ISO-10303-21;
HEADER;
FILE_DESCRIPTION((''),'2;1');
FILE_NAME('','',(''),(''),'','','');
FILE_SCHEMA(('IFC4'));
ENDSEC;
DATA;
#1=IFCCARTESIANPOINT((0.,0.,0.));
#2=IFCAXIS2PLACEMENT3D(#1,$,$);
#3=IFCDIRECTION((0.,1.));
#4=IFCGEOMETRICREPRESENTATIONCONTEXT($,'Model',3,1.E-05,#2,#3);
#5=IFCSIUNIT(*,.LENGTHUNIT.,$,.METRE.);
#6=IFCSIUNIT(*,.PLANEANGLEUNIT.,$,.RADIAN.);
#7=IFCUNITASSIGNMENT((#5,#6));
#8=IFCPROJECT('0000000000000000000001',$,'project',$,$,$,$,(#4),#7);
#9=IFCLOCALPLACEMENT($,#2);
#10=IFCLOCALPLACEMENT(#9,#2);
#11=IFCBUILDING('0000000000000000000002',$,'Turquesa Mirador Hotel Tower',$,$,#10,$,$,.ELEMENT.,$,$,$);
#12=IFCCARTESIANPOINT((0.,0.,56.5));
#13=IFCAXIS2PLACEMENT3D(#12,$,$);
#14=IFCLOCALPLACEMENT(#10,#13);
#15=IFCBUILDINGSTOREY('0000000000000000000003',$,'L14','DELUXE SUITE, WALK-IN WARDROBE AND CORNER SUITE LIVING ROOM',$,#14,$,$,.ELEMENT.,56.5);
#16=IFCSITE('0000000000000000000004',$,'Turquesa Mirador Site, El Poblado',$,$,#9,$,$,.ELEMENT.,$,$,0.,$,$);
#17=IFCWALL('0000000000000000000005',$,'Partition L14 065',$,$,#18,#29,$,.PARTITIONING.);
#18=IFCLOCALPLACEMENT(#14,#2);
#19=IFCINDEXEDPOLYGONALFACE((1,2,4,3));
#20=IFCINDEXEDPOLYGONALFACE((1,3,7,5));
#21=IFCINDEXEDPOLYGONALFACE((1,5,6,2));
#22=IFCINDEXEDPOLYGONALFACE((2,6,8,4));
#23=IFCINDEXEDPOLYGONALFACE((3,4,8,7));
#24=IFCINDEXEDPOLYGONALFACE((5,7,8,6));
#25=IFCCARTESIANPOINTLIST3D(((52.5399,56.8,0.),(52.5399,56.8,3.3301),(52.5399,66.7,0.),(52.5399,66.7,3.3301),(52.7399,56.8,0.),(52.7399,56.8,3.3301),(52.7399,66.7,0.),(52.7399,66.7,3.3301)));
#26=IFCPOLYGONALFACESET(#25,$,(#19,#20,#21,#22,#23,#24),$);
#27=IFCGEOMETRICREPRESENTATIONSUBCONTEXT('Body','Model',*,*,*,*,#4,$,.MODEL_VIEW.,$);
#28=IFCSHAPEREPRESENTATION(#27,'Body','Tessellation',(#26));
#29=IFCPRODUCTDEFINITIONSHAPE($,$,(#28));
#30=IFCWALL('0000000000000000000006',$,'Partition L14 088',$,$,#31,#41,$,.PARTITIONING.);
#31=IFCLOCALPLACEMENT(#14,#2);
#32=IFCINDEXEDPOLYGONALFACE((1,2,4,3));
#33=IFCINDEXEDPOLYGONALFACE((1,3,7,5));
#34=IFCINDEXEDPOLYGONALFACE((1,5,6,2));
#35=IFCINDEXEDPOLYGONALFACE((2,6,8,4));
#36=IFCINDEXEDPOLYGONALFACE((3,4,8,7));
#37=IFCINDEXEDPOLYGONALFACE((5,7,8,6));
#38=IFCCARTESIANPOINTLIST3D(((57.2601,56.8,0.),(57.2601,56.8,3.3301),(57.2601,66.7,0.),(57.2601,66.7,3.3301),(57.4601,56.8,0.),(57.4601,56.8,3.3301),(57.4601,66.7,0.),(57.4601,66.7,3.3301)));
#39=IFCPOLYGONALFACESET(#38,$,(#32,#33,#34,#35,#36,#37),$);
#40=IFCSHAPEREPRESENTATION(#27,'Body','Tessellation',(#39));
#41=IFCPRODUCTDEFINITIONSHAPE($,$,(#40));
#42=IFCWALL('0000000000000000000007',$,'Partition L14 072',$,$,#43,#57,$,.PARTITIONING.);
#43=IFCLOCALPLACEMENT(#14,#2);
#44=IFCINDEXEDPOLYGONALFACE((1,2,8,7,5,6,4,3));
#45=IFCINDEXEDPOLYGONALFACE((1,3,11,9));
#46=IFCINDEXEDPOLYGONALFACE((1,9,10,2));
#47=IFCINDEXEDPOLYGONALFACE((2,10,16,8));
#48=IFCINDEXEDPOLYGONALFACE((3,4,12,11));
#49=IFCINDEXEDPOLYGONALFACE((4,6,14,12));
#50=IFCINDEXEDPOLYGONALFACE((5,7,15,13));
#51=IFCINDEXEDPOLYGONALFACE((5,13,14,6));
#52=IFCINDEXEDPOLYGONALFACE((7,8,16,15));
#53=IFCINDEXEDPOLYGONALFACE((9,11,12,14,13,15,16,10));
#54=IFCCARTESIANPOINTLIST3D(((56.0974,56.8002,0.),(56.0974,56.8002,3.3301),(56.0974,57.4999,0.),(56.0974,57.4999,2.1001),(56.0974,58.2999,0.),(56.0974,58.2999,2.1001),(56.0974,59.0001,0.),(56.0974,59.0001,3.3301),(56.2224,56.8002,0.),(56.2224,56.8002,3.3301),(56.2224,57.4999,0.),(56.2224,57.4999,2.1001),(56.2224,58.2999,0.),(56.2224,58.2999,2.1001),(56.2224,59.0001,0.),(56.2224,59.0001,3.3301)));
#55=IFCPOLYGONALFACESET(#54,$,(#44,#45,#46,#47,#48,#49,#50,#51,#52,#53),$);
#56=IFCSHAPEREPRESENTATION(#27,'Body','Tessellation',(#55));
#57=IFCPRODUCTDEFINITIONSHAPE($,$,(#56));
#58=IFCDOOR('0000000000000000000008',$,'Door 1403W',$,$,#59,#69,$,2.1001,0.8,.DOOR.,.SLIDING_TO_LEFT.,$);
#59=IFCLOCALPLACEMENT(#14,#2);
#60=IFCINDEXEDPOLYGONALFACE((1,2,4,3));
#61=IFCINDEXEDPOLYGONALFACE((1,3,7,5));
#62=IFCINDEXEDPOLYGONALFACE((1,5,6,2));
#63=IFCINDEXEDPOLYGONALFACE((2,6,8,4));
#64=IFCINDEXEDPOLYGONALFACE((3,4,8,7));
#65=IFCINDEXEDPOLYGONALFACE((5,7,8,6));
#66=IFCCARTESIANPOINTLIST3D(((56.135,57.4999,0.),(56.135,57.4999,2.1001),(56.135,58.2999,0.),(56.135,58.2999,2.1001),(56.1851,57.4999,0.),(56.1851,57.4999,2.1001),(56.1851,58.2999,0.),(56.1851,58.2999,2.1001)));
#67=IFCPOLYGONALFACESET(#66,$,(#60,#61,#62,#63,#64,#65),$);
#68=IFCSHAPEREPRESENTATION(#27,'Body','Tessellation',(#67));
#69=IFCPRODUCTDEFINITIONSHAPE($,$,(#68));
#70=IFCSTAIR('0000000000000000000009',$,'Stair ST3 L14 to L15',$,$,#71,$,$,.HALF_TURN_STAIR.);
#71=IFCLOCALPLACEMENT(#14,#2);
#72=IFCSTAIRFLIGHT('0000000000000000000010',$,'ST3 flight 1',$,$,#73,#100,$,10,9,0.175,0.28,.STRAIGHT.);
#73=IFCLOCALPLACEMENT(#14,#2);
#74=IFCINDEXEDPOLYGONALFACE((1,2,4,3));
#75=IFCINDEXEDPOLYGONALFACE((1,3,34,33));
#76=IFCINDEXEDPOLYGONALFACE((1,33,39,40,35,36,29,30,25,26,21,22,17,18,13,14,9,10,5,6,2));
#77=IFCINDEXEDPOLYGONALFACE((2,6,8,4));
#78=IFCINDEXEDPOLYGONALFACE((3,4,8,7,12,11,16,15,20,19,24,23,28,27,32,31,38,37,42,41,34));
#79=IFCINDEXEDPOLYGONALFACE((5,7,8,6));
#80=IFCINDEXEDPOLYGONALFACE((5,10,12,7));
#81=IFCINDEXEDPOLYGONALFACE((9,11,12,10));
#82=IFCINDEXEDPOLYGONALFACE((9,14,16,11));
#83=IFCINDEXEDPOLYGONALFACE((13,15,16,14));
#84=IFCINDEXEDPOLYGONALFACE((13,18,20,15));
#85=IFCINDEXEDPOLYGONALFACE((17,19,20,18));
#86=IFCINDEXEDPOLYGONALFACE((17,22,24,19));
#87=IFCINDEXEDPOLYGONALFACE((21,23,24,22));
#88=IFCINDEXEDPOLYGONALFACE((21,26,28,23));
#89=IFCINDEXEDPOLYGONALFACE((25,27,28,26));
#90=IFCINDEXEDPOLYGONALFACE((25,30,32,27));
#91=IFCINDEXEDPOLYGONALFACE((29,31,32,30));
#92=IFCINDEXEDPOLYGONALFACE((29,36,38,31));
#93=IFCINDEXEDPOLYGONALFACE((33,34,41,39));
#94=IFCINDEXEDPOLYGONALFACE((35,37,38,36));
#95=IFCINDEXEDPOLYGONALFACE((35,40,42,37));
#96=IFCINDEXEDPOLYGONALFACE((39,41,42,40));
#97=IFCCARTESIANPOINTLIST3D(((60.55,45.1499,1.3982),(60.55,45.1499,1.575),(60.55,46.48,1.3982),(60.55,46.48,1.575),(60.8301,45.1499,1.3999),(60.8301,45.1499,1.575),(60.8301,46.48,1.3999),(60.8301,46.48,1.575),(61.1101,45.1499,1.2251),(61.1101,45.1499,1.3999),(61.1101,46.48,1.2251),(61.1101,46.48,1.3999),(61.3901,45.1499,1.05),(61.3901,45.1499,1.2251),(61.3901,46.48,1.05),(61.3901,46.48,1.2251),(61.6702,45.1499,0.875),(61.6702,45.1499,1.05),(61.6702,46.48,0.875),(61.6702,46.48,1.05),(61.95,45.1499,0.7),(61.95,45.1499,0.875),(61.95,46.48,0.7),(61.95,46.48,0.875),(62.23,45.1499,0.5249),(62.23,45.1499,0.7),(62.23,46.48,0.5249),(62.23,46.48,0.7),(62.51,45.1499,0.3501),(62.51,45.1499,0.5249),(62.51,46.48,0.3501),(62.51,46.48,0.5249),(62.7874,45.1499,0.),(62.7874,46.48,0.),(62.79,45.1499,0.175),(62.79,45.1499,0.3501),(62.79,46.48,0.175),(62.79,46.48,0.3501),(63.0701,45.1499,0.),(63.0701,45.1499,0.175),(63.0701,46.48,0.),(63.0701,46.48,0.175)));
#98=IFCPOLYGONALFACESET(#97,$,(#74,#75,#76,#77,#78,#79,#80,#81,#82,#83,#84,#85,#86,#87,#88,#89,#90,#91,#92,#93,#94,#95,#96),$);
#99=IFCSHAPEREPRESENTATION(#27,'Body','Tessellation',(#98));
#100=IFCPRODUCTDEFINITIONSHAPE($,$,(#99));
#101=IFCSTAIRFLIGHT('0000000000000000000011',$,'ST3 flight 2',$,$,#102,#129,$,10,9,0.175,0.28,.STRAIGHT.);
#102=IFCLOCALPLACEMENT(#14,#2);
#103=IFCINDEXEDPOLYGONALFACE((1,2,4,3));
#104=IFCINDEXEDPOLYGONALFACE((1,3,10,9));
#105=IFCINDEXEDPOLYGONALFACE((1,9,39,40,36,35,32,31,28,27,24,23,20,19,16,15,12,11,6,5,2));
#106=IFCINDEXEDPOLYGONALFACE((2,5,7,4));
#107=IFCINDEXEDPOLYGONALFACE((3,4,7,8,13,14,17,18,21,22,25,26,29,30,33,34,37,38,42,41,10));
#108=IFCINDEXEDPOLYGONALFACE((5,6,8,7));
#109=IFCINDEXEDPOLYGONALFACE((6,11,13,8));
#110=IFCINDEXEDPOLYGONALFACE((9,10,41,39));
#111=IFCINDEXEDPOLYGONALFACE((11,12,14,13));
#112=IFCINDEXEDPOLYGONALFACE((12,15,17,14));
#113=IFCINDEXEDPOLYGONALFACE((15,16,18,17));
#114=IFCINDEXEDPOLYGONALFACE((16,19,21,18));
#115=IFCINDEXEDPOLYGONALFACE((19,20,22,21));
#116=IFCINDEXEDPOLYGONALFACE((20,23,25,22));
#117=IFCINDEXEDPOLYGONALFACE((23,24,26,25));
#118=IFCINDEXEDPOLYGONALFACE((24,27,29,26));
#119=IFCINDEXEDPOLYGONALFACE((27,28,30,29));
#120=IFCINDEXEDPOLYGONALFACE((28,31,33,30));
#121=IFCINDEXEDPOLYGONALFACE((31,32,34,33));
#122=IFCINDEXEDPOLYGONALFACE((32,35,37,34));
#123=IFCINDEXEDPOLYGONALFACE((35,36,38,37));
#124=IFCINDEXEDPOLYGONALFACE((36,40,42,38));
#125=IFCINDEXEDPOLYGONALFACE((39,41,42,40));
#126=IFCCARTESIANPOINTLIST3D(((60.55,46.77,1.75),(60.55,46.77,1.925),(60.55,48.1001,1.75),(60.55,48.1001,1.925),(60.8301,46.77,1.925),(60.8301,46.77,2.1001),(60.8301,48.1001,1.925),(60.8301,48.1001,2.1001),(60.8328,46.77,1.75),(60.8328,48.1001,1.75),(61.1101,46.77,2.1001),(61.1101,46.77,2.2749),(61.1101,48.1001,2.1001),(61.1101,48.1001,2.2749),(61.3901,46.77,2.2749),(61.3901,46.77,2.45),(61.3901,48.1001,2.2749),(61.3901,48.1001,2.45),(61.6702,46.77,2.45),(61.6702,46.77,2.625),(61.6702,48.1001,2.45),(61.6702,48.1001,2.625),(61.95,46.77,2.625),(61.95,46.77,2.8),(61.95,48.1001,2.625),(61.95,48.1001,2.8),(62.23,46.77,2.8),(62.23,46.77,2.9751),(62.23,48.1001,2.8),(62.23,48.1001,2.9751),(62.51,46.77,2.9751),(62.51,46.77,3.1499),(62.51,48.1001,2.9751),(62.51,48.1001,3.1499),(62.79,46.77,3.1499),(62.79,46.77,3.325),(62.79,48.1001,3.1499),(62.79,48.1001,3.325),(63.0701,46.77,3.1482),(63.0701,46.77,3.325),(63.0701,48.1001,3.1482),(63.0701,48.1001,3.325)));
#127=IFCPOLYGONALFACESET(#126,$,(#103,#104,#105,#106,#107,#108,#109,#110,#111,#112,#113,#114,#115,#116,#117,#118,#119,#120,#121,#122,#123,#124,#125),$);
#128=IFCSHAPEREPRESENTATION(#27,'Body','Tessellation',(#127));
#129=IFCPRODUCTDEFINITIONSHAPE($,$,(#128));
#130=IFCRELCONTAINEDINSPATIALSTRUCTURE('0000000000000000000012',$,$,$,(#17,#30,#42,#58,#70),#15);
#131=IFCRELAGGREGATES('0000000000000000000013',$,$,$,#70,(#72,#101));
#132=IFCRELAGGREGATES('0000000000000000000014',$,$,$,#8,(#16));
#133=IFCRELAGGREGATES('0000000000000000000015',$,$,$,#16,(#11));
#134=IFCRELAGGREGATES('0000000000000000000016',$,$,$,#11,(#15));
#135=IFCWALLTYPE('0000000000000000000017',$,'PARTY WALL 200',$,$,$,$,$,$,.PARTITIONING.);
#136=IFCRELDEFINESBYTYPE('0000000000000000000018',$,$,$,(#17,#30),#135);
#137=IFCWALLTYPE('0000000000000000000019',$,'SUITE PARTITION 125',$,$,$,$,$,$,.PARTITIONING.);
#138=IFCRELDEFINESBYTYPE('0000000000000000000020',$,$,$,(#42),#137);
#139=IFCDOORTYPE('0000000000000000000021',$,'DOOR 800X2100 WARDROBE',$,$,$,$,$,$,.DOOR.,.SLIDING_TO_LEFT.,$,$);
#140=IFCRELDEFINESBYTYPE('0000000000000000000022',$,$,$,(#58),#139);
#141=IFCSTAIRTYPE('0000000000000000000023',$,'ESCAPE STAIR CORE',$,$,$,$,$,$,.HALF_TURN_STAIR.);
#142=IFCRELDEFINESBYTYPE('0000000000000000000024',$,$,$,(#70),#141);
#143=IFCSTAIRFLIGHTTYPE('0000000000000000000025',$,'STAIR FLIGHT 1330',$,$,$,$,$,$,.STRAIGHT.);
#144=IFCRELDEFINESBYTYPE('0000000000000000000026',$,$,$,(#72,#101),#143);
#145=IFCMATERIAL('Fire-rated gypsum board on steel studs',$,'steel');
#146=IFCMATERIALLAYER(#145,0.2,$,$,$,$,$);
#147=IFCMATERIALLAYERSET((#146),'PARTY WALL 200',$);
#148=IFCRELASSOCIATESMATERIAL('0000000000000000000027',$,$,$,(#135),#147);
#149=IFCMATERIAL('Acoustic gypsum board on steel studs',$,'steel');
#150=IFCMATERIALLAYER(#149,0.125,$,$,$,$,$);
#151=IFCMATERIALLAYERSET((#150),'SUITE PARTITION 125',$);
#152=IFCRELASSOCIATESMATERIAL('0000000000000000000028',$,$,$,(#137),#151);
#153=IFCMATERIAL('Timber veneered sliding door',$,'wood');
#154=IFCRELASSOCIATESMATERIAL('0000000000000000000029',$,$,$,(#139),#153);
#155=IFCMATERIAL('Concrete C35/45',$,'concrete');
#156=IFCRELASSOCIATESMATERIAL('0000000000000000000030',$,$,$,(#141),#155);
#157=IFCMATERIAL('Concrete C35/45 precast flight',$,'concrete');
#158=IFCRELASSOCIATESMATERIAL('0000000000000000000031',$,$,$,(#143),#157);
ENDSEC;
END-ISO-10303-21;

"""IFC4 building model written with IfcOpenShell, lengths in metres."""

from ifc_helpers import new_model, si_unit, direction, frame, frame_2d, origin, place, context, subcontext, project, spatial, polyline, rectangle, outline, extrude, material, layer, layer_set, type_object, element, fill, aggregate, save


model = new_model("IFC4")

# Units and contexts
model_context = context("Model", 3, precision=1e-05, world=origin(), true_north=direction((0.0, 1.0)))
body_context = subcontext(model_context, "Body", "Model", "MODEL_VIEW")
ifc_project = project(units=[si_unit("LENGTHUNIT", "METRE"), si_unit("PLANEANGLEUNIT", "RADIAN")], contexts=[model_context])

# Site, building, storey
site_placement = place(None, origin())
site = spatial("IfcSite", under=ifc_project, at=site_placement, Name="Turquesa Mirador Site, El Poblado", CompositionType="ELEMENT", RefElevation=0.0)
building_placement = place(site_placement, origin())
building = spatial("IfcBuilding", under=site, at=building_placement, Name="Turquesa Mirador Hotel Tower", CompositionType="ELEMENT")
storey_placement = place(building_placement, frame((0.0, 0.0, 56.5)))
storey = spatial("IfcBuildingStorey", under=building, at=storey_placement, Name="L14", Description="DELUXE SUITE, WALK-IN WARDROBE AND CORNER SUITE LIVING ROOM", CompositionType="ELEMENT", Elevation=56.5)

# Walls
ifc_material_1 = material(Name="Fire-rated gypsum board on steel studs", Category="steel")
ifc_layer_1 = layer(ifc_material_1, 0.2)
ifc_layer_set_1 = layer_set([ifc_layer_1], Name="PARTY WALL 200")
wall_type_1 = type_object("IfcWallType", Name="PARTY WALL 200", PredefinedType="PARTITIONING", material=ifc_layer_set_1)
for number, where, z_axis, x_axis, name in (
    (1, (52.6399, 56.8, 0.0), (0.0, 0.0, 1.0), (0.0, 1.0, 0.0), "Partition L14 065"),
    (2, (57.3601, 56.8, 0.0), (0.0, 0.0, 1.0), (0.0, 1.0, 0.0), "Partition L14 088"),
):
    element("IfcWall", number, at=place(storey_placement, frame(where, z_axis=z_axis, x_axis=x_axis)), inside=storey, type_object=wall_type_1, Name=name, PredefinedType="PARTITIONING", context=body_context, shape_type="SweptSolid", body=[
        extrude(rectangle(XDim=9.8999, YDim=0.2, at=frame_2d((4.95, 0.0))), origin(), (0.0, 0.0, 1.0), 3.3301),
    ])

# Wall, opening, door
ifc_material_2 = material(Name="Acoustic gypsum board on steel studs", Category="steel")
ifc_layer_2 = layer(ifc_material_2, 0.125)
ifc_layer_set_2 = layer_set([ifc_layer_2], Name="SUITE PARTITION 125")
wall_type_2 = type_object("IfcWallType", Name="SUITE PARTITION 125", PredefinedType="PARTITIONING", material=ifc_layer_set_2)
wall_1_placement = place(storey_placement, frame((56.1599, 56.8, 0.0), z_axis=(0.0, 0.0, 1.0), x_axis=(0.0, 1.0, 0.0)))
wall_1 = element("IfcWall", 3, at=wall_1_placement, inside=storey, type_object=wall_type_2, Name="Partition L14 072", PredefinedType="PARTITIONING", context=body_context, shape_type="SweptSolid", body=[
    extrude(rectangle(XDim=2.2, YDim=0.125, at=frame_2d((1.1001, 0.0))), origin(), (0.0, 0.0, 1.0), 3.3301),
])
opening_1_placement = place(wall_1_placement, frame((0.7, 0.0, 0.0)))
opening_1 = element("IfcOpeningElement", 4, at=opening_1_placement, cuts=wall_1, PredefinedType="OPENING", context=body_context, shape_type="SweptSolid", body=[
    extrude(rectangle(XDim=0.8, YDim=2.1001, at=frame_2d((0.3999, 1.05))), frame((0.0, 0.0725, 0.0), z_axis=(0.0, -1.0, 0.0), x_axis=(1.0, 0.0, 0.0)), (0.0, 0.0, 1.0), 0.145),
])
ifc_material_3 = material(Name="Timber veneered sliding door", Category="wood")
door_type_1 = type_object("IfcDoorType", Name="DOOR 800X2100 WARDROBE", OperationType="SLIDING_TO_LEFT", PredefinedType="DOOR", material=ifc_material_3)
door_1_placement = place(opening_1_placement, origin())
door_1 = element("IfcDoor", 5, at=door_1_placement, inside=storey, type_object=door_type_1, Name="Door 1403W", OperationType="SLIDING_TO_LEFT", OverallHeight=2.1001, OverallWidth=0.8, PredefinedType="DOOR", context=body_context, shape_type="SweptSolid", body=[
    extrude(rectangle(XDim=0.8, YDim=2.1001, at=frame_2d((0.3999, 1.05))), frame((0.0, 0.0249, 0.0), z_axis=(0.0, -1.0, 0.0), x_axis=(1.0, 0.0, 0.0)), (0.0, 0.0, 1.0), 0.05),
])
fill(opening_1, door_1)

# Stair, stair flights
ifc_material_4 = material(Name="Concrete C35/45", Category="concrete")
stair_type = type_object("IfcStairType", Name="ESCAPE STAIR CORE", PredefinedType="HALF_TURN_STAIR", material=ifc_material_4)
stair_placement = place(storey_placement, origin())
stair = element("IfcStair", 6, at=stair_placement, inside=storey, type_object=stair_type, Name="Stair ST3 L14 to L15", PredefinedType="HALF_TURN_STAIR")
ifc_material_5 = material(Name="Concrete C35/45 precast flight", Category="concrete")
stair_flight_type = type_object("IfcStairFlightType", Name="STAIR FLIGHT 1330", PredefinedType="STRAIGHT", material=ifc_material_5)
stair_flight_1_placement = place(storey_placement, frame((63.0701, 45.8149, 0.0), z_axis=(0.0, 0.0, 1.0), x_axis=(-1.0, 0.0, 0.0)))
stair_flight_1 = element("IfcStairFlight", 7, at=stair_flight_1_placement, type_object=stair_flight_type, Name="ST3 flight 1", NumberOfRisers=10, NumberOfTreads=9, PredefinedType="STRAIGHT", RiserHeight=0.175, TreadLength=0.28, context=body_context, shape_type="SweptSolid", body=[
    extrude(outline(polyline([(0.0, 0.0), (0.0, 0.175), (0.28, 0.175), (0.28, 0.3501), (0.5601, 0.3501), (0.5601, 0.5249), (0.8401, 0.5249), (0.8401, 0.7), (1.1201, 0.7), (1.1201, 0.875), (1.3999, 0.875), (1.3999, 1.05), (1.6799, 1.05), (1.6799, 1.2251), (1.96, 1.2251), (1.96, 1.3999), (2.24, 1.3999), (2.24, 1.575), (2.52, 1.575), (2.52, 1.75), (2.52, 1.3982), (0.2827, 0.0), (0.0, 0.0)])), frame((0.0, 0.665, 0.0), z_axis=(0.0, -1.0, 0.0), x_axis=(1.0, 0.0, 0.0)), (0.0, 0.0, 1.0), 1.3301),
])
stair_flight_2_placement = place(storey_placement, frame((60.55, 47.4351, 1.75), z_axis=(0.0, 0.0, 1.0), x_axis=(1.0, 0.0, 0.0)))
stair_flight_2 = element("IfcStairFlight", 8, at=stair_flight_2_placement, type_object=stair_flight_type, Name="ST3 flight 2", NumberOfRisers=10, NumberOfTreads=9, PredefinedType="STRAIGHT", RiserHeight=0.175, TreadLength=0.28, context=body_context, shape_type="SweptSolid", body=[
    extrude(outline(polyline([(0.0, 0.0), (0.0, 0.175), (0.28, 0.175), (0.28, 0.3501), (0.5601, 0.3501), (0.5601, 0.5249), (0.8401, 0.5249), (0.8401, 0.7), (1.1201, 0.7), (1.1201, 0.875), (1.3999, 0.875), (1.3999, 1.05), (1.6799, 1.05), (1.6799, 1.2251), (1.96, 1.2251), (1.96, 1.3999), (2.24, 1.3999), (2.24, 1.575), (2.52, 1.575), (2.52, 1.75), (2.52, 1.3982), (0.2827, 0.0), (0.0, 0.0)])), frame((0.0, 0.665, 0.0), z_axis=(0.0, -1.0, 0.0), x_axis=(1.0, 0.0, 0.0)), (0.0, 0.0, 1.0), 1.3301),
])
aggregate(stair, [stair_flight_1, stair_flight_2])

save(model, "model.ifc")
